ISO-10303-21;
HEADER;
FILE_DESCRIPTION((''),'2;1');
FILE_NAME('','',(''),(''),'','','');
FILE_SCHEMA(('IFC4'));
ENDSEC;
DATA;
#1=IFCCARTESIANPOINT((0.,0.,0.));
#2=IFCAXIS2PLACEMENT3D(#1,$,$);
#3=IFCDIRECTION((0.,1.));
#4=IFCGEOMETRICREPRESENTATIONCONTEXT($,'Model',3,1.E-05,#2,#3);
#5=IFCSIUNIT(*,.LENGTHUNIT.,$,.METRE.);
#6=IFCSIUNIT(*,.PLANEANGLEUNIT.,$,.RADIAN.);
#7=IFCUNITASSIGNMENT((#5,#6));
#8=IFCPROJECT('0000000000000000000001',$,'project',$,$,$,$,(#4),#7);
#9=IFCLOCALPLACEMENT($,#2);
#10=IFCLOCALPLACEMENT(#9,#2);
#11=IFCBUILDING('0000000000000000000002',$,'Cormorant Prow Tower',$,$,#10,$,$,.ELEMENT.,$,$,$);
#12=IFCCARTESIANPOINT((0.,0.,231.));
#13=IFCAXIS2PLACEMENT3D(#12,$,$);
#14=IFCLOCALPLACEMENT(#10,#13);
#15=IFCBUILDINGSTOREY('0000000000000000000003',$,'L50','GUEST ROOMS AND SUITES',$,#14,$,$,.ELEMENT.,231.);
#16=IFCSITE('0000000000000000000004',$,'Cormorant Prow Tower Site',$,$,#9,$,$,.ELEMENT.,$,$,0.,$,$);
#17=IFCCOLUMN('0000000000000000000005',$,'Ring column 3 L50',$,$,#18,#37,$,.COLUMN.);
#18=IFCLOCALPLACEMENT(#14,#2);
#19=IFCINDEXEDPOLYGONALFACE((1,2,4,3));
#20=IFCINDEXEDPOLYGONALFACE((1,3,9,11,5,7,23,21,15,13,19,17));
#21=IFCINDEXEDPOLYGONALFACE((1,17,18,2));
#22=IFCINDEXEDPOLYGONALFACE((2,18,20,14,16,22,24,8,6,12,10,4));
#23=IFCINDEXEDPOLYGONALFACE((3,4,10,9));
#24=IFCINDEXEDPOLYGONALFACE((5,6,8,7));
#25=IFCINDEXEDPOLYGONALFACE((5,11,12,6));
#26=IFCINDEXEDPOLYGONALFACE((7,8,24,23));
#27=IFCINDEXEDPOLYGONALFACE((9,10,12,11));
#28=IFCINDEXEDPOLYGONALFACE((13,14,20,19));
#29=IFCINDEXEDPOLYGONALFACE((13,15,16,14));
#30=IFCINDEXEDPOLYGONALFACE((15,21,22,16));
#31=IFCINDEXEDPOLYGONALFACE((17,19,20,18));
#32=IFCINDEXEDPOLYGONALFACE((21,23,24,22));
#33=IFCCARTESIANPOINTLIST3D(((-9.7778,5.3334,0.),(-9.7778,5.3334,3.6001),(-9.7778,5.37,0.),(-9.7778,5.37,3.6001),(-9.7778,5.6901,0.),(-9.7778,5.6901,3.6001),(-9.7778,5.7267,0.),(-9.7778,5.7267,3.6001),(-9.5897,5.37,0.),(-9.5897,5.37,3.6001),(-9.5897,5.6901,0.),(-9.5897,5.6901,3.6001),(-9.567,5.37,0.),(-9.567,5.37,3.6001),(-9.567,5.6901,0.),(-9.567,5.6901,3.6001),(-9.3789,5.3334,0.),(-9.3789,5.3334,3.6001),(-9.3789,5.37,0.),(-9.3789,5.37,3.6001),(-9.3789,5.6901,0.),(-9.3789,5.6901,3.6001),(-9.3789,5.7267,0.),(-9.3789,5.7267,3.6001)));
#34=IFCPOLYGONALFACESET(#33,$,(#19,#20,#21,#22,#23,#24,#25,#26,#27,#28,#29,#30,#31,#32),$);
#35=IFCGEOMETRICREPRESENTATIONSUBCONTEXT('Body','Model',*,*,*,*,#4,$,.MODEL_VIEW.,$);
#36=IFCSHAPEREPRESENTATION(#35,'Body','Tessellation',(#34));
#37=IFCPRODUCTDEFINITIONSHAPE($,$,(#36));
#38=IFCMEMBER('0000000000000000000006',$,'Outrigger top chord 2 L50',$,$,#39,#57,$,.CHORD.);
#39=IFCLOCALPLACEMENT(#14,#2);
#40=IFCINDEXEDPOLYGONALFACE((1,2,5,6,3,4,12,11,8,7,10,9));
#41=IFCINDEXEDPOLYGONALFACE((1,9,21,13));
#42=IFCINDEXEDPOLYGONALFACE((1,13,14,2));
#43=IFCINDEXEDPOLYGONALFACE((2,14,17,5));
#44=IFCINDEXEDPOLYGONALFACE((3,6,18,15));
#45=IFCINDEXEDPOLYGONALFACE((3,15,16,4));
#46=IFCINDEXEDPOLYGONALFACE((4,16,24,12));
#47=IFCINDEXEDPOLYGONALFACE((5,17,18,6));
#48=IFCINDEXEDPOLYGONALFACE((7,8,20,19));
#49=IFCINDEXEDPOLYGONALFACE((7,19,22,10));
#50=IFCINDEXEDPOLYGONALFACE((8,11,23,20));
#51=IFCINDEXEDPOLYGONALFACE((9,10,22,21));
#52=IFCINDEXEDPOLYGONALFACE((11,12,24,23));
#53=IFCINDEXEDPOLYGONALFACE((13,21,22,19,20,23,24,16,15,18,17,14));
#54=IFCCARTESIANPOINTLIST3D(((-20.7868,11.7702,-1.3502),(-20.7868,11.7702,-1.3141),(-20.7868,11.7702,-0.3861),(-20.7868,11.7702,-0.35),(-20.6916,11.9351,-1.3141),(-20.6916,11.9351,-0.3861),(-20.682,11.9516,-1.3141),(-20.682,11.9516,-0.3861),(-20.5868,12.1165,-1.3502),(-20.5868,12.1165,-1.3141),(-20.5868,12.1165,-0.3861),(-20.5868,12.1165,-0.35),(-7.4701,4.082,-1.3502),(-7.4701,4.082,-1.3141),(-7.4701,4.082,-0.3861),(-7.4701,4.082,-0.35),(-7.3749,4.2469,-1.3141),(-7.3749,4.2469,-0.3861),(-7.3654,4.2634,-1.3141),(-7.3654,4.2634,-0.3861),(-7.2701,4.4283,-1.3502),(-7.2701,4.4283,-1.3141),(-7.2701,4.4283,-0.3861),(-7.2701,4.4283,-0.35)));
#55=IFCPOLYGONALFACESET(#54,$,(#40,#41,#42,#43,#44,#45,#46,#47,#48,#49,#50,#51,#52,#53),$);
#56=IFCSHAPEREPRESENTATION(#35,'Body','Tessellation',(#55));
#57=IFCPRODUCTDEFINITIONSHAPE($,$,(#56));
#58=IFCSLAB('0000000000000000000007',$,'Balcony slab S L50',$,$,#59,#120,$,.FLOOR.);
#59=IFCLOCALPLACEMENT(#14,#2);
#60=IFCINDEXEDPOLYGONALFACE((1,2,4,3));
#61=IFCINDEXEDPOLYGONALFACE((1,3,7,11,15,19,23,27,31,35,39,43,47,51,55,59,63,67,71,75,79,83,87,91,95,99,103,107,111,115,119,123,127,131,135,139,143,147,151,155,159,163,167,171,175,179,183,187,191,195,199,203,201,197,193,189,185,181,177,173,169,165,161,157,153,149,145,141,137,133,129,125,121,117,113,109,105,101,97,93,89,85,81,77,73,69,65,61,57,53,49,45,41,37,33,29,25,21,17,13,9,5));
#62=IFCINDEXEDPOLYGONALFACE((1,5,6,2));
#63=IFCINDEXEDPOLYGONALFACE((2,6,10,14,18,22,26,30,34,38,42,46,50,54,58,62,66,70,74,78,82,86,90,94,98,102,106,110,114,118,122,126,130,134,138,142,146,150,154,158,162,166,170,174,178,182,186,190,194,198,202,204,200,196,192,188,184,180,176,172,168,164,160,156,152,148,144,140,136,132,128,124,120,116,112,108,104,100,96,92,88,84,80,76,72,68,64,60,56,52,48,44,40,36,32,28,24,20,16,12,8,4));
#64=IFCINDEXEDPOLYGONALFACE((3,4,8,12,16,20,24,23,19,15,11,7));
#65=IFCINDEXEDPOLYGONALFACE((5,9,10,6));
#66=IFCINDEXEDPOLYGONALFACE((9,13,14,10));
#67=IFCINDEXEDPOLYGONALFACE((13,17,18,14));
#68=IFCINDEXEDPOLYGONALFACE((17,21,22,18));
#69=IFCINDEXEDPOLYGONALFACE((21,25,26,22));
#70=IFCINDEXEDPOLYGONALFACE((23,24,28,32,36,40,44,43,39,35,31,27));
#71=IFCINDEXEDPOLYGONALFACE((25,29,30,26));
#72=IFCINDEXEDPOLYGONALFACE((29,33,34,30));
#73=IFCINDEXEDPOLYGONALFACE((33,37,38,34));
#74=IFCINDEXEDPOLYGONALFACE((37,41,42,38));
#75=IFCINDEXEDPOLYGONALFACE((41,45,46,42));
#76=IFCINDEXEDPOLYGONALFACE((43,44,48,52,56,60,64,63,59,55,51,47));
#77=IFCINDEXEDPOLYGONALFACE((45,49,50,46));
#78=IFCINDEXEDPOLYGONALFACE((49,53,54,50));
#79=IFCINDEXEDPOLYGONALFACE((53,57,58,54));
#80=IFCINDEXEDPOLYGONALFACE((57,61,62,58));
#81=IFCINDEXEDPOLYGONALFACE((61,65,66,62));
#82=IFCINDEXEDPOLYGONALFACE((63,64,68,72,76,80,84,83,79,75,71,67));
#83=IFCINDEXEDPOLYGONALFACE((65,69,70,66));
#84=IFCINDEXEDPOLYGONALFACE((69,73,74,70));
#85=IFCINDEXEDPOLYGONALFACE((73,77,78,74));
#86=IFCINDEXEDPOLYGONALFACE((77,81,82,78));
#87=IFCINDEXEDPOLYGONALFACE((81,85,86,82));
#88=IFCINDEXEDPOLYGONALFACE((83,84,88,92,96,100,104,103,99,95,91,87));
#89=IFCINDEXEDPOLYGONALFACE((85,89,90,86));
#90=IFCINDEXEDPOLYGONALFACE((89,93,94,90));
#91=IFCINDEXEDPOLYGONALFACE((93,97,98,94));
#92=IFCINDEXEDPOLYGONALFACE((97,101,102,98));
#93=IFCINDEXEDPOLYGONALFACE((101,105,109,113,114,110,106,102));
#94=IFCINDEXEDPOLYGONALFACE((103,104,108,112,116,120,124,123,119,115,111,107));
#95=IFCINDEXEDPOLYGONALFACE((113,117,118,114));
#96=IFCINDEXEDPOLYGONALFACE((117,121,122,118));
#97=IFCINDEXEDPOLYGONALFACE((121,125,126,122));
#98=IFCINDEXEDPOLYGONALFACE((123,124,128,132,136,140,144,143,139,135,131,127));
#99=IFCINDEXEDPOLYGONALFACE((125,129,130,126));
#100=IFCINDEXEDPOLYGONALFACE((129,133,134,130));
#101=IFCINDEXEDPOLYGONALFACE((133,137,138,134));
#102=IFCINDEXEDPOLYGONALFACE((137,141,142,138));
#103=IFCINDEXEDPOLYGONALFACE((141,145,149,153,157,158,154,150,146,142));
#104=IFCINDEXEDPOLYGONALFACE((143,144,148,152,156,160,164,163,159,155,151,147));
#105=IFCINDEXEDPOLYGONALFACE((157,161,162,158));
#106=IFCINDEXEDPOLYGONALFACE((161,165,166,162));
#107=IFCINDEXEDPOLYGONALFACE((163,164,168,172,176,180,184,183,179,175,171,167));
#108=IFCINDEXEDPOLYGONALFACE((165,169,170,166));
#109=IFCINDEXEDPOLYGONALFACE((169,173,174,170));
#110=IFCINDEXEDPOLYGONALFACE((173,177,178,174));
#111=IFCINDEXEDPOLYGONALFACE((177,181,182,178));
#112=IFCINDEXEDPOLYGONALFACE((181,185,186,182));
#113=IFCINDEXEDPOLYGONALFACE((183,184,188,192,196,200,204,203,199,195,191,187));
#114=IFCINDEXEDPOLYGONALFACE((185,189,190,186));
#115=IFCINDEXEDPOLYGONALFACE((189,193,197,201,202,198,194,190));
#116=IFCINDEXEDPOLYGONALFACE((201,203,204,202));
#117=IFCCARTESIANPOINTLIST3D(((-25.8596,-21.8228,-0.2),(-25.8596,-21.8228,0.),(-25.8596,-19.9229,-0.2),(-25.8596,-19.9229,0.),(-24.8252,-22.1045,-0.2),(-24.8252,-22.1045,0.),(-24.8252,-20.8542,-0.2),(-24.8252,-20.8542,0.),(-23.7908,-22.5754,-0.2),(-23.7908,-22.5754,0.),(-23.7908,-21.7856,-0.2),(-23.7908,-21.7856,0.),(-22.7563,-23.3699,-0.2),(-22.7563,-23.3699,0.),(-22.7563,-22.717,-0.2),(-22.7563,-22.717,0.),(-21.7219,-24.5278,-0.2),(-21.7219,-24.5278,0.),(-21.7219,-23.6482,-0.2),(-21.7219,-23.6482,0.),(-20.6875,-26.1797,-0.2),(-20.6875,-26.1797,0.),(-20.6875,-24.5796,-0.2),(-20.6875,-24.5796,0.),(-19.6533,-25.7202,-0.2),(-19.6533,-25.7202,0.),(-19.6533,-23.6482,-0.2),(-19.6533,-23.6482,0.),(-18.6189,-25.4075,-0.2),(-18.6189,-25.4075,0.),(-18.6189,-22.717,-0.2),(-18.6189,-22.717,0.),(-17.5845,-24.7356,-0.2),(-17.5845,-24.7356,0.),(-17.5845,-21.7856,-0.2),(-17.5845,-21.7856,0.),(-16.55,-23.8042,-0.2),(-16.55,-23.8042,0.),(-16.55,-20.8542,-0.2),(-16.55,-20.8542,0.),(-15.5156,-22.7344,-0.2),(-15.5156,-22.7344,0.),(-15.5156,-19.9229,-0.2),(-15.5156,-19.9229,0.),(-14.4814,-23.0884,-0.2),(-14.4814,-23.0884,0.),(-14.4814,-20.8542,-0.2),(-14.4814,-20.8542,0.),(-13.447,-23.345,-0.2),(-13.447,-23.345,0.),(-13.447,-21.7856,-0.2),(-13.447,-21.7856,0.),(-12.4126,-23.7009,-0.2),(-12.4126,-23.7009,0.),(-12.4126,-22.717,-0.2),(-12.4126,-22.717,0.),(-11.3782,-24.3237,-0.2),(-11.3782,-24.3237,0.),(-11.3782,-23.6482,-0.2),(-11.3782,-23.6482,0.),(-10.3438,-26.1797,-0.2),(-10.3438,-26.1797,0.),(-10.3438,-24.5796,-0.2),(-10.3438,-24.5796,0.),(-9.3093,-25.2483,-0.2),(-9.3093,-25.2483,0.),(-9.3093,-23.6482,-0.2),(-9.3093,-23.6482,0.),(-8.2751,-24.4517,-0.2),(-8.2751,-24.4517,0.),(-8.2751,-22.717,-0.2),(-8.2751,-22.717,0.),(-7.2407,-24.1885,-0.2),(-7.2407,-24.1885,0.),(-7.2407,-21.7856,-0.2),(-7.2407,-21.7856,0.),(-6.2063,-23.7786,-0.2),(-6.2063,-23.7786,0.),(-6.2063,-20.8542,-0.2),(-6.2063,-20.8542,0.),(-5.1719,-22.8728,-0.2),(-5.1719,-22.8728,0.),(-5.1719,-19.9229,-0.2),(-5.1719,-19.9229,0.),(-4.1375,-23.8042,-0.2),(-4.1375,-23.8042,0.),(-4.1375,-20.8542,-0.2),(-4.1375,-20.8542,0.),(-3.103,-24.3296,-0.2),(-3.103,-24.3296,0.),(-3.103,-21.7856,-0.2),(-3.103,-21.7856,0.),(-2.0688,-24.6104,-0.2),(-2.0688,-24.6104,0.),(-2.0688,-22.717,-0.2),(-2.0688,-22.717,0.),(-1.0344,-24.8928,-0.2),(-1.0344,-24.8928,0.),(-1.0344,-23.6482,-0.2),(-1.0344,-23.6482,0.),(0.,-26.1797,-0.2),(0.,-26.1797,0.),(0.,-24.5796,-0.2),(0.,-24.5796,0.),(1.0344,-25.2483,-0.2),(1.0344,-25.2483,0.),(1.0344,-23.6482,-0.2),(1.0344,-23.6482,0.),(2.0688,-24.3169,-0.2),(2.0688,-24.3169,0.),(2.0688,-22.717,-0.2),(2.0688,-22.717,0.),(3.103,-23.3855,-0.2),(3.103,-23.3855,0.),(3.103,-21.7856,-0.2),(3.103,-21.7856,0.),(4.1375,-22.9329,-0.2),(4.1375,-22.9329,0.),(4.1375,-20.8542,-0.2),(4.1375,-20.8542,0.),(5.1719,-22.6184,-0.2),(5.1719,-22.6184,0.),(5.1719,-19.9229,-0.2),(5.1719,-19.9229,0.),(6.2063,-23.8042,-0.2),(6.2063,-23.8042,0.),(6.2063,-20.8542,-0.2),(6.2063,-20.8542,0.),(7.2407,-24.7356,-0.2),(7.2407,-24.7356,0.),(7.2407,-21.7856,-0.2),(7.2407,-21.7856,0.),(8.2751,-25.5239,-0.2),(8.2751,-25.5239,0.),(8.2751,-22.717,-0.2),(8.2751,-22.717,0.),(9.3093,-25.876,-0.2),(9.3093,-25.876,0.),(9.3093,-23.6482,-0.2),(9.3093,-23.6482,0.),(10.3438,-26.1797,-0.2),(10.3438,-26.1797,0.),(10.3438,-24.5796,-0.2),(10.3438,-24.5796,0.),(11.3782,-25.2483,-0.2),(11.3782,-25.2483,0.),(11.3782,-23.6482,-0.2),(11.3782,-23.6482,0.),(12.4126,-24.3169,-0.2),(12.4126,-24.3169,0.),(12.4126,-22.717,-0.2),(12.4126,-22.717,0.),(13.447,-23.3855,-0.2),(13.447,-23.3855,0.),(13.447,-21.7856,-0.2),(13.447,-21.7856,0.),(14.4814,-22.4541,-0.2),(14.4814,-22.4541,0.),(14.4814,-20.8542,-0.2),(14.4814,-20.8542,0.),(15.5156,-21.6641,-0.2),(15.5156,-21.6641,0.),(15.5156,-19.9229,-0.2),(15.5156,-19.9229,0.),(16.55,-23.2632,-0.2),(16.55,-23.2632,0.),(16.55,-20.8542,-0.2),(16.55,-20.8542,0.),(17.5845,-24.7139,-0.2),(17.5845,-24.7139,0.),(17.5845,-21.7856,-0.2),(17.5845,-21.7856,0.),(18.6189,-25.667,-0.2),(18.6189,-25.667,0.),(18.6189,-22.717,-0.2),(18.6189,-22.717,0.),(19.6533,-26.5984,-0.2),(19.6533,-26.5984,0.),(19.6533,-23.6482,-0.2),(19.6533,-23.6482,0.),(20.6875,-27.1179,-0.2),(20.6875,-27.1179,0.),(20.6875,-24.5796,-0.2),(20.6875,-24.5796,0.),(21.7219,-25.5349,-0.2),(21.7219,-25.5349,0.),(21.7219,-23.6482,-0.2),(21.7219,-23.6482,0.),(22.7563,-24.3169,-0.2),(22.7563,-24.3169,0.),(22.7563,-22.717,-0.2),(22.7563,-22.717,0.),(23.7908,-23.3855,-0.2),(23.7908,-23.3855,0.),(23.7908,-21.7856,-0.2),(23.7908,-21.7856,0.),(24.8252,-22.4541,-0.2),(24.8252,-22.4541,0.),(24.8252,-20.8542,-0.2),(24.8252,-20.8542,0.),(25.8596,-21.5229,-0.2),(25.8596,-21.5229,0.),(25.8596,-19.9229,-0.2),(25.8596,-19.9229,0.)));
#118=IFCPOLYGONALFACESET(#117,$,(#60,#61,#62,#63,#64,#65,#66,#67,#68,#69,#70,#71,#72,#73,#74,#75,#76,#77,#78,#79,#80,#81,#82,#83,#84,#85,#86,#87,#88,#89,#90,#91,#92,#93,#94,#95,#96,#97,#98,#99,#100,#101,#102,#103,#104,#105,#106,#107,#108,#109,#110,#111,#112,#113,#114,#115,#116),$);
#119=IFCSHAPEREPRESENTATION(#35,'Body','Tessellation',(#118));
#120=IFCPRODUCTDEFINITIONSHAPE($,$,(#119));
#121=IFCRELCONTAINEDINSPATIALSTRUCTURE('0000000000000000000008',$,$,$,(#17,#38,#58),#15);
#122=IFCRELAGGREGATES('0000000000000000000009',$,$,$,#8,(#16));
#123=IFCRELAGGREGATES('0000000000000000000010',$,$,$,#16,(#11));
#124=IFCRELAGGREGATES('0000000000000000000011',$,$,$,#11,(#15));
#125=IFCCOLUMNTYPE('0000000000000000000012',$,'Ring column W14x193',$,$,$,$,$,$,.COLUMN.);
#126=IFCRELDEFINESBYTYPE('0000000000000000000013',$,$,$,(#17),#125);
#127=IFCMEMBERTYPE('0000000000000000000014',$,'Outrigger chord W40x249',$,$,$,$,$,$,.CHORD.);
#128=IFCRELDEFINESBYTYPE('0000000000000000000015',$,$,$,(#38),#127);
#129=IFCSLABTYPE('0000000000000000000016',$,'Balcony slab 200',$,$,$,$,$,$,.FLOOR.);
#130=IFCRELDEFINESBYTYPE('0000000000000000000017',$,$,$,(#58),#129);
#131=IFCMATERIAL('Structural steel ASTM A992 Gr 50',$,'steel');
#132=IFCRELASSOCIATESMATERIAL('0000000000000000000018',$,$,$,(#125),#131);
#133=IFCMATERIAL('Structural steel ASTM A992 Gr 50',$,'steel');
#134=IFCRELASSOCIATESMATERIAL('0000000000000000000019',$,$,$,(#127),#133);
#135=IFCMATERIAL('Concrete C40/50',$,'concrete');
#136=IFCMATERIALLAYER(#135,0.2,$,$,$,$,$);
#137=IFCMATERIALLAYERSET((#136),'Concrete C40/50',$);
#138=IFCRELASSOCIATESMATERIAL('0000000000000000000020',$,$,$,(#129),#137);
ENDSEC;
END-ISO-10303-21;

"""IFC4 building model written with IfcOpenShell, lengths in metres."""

from ifc_helpers import new_model, si_unit, direction, frame, origin, origin_2d, place, context, subcontext, project, spatial, polyline, i_section, outline, extrude, material, layer, layer_set, material_profile, profile_set, type_object, element, save


model = new_model("IFC4")

# Units and contexts
model_context = context("Model", 3, precision=1e-05, world=origin(), true_north=direction((0.0, 1.0)))
body_context = subcontext(model_context, "Body", "Model", "MODEL_VIEW")
ifc_project = project(units=[si_unit("LENGTHUNIT", "METRE"), si_unit("PLANEANGLEUNIT", "RADIAN")], contexts=[model_context])

# Site, building, storey
site_placement = place(None, origin())
site = spatial("IfcSite", under=ifc_project, at=site_placement, Name="Cormorant Prow Tower Site", CompositionType="ELEMENT", RefElevation=0.0)
building_placement = place(site_placement, origin())
building = spatial("IfcBuilding", under=site, at=building_placement, Name="Cormorant Prow Tower", CompositionType="ELEMENT")
storey_placement = place(building_placement, frame((0.0, 0.0, 231.0)))
storey = spatial("IfcBuildingStorey", under=building, at=storey_placement, Name="L50", Description="GUEST ROOMS AND SUITES", CompositionType="ELEMENT", Elevation=231.0)

# Column
ifc_material_1 = material(Name="Structural steel ASTM A992 Gr 50", Category="steel")
ifc_material_profile_1 = material_profile(ifc_material_1, i_section(OverallWidth=0.3989, OverallDepth=0.3933, WebThickness=0.0227, FlangeThickness=0.0366, at=origin_2d()), Name="W14x193")
ifc_profile_set_1 = profile_set([ifc_material_profile_1], Name="Structural steel ASTM A992 Gr 50")
column_type = type_object("IfcColumnType", Name="Ring column W14x193", PredefinedType="COLUMN", material=ifc_profile_set_1)
column_placement = place(storey_placement, frame((-9.5784, 5.53, 0.0), z_axis=(0.0, 0.0, 1.0), x_axis=(1.0, 0.0, 0.0)))
element("IfcColumn", 1, at=column_placement, inside=storey, type_object=column_type, Name="Ring column 3 L50", PredefinedType="COLUMN", context=body_context, shape_type="SweptSolid", body=[
    extrude(i_section(OverallWidth=0.3989, OverallDepth=0.3933, WebThickness=0.0227, FlangeThickness=0.0366, at=origin_2d()), origin(), (0.0, 0.0, 1.0), 3.6001),
])

# Member
ifc_material_2 = material(Name="Structural steel ASTM A992 Gr 50", Category="steel")
ifc_material_profile_2 = material_profile(ifc_material_2, i_section(OverallWidth=0.3999, OverallDepth=1.0002, WebThickness=0.019, FlangeThickness=0.0361, at=origin_2d()), Name="W40x249")
ifc_profile_set_2 = profile_set([ifc_material_profile_2], Name="Structural steel ASTM A992 Gr 50")
member_type = type_object("IfcMemberType", Name="Outrigger chord W40x249", PredefinedType="CHORD", material=ifc_profile_set_2)
member_placement = place(storey_placement, frame((-7.3701, 4.2551, -0.8501), z_axis=(-0.866029, 0.499993, 0.0), x_axis=(-0.499993, -0.866029, 0.0)))
element("IfcMember", 2, at=member_placement, inside=storey, type_object=member_type, Name="Outrigger top chord 2 L50", PredefinedType="CHORD", context=body_context, shape_type="SweptSolid", body=[
    extrude(i_section(OverallWidth=0.3999, OverallDepth=1.0002, WebThickness=0.019, FlangeThickness=0.0361, at=origin_2d()), origin(), (0.0, 0.0, 1.0), 15.3767),
])

# Slab
ifc_material_3 = material(Name="Concrete C40/50", Category="concrete")
ifc_layer_1 = layer(ifc_material_3, 0.2)
ifc_layer_set_1 = layer_set([ifc_layer_1], Name="Concrete C40/50")
slab_type_1 = type_object("IfcSlabType", Name="Balcony slab 200", PredefinedType="FLOOR", material=ifc_layer_set_1)
slab_1_placement = place(storey_placement, frame((0.0, 0.0, -0.2)))
element("IfcSlab", 3, at=slab_1_placement, inside=storey, type_object=slab_type_1, Name="Balcony slab S L50", PredefinedType="FLOOR", context=body_context, shape_type="SweptSolid", body=[
    extrude(outline(polyline([(-25.8596, -19.9229), (-25.8596, -21.8228), (-24.8252, -22.1045), (-23.7908, -22.5754), (-22.7563, -23.3699), (-21.7219, -24.5278), (-20.6875, -26.1797), (-19.6533, -25.7202), (-18.6189, -25.4075), (-17.5845, -24.7356), (-16.55, -23.8042), (-15.5156, -22.7344), (-14.4814, -23.0884), (-13.447, -23.345), (-12.4126, -23.7009), (-11.3782, -24.3237), (-10.3438, -26.1797), (-9.3093, -25.2483), (-8.2751, -24.4517), (-7.2407, -24.1885), (-6.2063, -23.7786), (-5.1719, -22.8728), (-4.1375, -23.8042), (-3.103, -24.3296), (-2.0688, -24.6104), (-1.0344, -24.8928), (0.0, -26.1797), (1.0344, -25.2483), (2.0688, -24.3169), (3.103, -23.3855), (4.1375, -22.9329), (5.1719, -22.6184), (6.2063, -23.8042), (7.2407, -24.7356), (8.2751, -25.5239), (9.3093, -25.876), (10.3438, -26.1797), (11.3782, -25.2483), (12.4126, -24.3169), (13.447, -23.3855), (14.4814, -22.4541), (15.5156, -21.6641), (16.55, -23.2632), (17.5845, -24.7139), (18.6189, -25.667), (19.6533, -26.5984), (20.6875, -27.1179), (21.7219, -25.5349), (22.7563, -24.3169), (23.7908, -23.3855), (24.8252, -22.4541), (25.8596, -21.5229), (25.8596, -19.9229), (24.8252, -20.8542), (23.7908, -21.7856), (22.7563, -22.717), (21.7219, -23.6482), (20.6875, -24.5796), (19.6533, -23.6482), (18.6189, -22.717), (17.5845, -21.7856), (16.55, -20.8542), (15.5156, -19.9229), (14.4814, -20.8542), (13.447, -21.7856), (12.4126, -22.717), (11.3782, -23.6482), (10.3438, -24.5796), (9.3093, -23.6482), (8.2751, -22.717), (7.2407, -21.7856), (6.2063, -20.8542), (5.1719, -19.9229), (4.1375, -20.8542), (3.103, -21.7856), (2.0688, -22.717), (1.0344, -23.6482), (0.0, -24.5796), (-1.0344, -23.6482), (-2.0688, -22.717), (-3.103, -21.7856), (-4.1375, -20.8542), (-5.1719, -19.9229), (-6.2063, -20.8542), (-7.2407, -21.7856), (-8.2751, -22.717), (-9.3093, -23.6482), (-10.3438, -24.5796), (-11.3782, -23.6482), (-12.4126, -22.717), (-13.447, -21.7856), (-14.4814, -20.8542), (-15.5156, -19.9229), (-16.55, -20.8542), (-17.5845, -21.7856), (-18.6189, -22.717), (-19.6533, -23.6482), (-20.6875, -24.5796), (-21.7219, -23.6482), (-22.7563, -22.717), (-23.7908, -21.7856), (-24.8252, -20.8542), (-25.8596, -19.9229)])), origin(), (0.0, 0.0, 1.0), 0.2),
])

save(model, "model.ifc")
